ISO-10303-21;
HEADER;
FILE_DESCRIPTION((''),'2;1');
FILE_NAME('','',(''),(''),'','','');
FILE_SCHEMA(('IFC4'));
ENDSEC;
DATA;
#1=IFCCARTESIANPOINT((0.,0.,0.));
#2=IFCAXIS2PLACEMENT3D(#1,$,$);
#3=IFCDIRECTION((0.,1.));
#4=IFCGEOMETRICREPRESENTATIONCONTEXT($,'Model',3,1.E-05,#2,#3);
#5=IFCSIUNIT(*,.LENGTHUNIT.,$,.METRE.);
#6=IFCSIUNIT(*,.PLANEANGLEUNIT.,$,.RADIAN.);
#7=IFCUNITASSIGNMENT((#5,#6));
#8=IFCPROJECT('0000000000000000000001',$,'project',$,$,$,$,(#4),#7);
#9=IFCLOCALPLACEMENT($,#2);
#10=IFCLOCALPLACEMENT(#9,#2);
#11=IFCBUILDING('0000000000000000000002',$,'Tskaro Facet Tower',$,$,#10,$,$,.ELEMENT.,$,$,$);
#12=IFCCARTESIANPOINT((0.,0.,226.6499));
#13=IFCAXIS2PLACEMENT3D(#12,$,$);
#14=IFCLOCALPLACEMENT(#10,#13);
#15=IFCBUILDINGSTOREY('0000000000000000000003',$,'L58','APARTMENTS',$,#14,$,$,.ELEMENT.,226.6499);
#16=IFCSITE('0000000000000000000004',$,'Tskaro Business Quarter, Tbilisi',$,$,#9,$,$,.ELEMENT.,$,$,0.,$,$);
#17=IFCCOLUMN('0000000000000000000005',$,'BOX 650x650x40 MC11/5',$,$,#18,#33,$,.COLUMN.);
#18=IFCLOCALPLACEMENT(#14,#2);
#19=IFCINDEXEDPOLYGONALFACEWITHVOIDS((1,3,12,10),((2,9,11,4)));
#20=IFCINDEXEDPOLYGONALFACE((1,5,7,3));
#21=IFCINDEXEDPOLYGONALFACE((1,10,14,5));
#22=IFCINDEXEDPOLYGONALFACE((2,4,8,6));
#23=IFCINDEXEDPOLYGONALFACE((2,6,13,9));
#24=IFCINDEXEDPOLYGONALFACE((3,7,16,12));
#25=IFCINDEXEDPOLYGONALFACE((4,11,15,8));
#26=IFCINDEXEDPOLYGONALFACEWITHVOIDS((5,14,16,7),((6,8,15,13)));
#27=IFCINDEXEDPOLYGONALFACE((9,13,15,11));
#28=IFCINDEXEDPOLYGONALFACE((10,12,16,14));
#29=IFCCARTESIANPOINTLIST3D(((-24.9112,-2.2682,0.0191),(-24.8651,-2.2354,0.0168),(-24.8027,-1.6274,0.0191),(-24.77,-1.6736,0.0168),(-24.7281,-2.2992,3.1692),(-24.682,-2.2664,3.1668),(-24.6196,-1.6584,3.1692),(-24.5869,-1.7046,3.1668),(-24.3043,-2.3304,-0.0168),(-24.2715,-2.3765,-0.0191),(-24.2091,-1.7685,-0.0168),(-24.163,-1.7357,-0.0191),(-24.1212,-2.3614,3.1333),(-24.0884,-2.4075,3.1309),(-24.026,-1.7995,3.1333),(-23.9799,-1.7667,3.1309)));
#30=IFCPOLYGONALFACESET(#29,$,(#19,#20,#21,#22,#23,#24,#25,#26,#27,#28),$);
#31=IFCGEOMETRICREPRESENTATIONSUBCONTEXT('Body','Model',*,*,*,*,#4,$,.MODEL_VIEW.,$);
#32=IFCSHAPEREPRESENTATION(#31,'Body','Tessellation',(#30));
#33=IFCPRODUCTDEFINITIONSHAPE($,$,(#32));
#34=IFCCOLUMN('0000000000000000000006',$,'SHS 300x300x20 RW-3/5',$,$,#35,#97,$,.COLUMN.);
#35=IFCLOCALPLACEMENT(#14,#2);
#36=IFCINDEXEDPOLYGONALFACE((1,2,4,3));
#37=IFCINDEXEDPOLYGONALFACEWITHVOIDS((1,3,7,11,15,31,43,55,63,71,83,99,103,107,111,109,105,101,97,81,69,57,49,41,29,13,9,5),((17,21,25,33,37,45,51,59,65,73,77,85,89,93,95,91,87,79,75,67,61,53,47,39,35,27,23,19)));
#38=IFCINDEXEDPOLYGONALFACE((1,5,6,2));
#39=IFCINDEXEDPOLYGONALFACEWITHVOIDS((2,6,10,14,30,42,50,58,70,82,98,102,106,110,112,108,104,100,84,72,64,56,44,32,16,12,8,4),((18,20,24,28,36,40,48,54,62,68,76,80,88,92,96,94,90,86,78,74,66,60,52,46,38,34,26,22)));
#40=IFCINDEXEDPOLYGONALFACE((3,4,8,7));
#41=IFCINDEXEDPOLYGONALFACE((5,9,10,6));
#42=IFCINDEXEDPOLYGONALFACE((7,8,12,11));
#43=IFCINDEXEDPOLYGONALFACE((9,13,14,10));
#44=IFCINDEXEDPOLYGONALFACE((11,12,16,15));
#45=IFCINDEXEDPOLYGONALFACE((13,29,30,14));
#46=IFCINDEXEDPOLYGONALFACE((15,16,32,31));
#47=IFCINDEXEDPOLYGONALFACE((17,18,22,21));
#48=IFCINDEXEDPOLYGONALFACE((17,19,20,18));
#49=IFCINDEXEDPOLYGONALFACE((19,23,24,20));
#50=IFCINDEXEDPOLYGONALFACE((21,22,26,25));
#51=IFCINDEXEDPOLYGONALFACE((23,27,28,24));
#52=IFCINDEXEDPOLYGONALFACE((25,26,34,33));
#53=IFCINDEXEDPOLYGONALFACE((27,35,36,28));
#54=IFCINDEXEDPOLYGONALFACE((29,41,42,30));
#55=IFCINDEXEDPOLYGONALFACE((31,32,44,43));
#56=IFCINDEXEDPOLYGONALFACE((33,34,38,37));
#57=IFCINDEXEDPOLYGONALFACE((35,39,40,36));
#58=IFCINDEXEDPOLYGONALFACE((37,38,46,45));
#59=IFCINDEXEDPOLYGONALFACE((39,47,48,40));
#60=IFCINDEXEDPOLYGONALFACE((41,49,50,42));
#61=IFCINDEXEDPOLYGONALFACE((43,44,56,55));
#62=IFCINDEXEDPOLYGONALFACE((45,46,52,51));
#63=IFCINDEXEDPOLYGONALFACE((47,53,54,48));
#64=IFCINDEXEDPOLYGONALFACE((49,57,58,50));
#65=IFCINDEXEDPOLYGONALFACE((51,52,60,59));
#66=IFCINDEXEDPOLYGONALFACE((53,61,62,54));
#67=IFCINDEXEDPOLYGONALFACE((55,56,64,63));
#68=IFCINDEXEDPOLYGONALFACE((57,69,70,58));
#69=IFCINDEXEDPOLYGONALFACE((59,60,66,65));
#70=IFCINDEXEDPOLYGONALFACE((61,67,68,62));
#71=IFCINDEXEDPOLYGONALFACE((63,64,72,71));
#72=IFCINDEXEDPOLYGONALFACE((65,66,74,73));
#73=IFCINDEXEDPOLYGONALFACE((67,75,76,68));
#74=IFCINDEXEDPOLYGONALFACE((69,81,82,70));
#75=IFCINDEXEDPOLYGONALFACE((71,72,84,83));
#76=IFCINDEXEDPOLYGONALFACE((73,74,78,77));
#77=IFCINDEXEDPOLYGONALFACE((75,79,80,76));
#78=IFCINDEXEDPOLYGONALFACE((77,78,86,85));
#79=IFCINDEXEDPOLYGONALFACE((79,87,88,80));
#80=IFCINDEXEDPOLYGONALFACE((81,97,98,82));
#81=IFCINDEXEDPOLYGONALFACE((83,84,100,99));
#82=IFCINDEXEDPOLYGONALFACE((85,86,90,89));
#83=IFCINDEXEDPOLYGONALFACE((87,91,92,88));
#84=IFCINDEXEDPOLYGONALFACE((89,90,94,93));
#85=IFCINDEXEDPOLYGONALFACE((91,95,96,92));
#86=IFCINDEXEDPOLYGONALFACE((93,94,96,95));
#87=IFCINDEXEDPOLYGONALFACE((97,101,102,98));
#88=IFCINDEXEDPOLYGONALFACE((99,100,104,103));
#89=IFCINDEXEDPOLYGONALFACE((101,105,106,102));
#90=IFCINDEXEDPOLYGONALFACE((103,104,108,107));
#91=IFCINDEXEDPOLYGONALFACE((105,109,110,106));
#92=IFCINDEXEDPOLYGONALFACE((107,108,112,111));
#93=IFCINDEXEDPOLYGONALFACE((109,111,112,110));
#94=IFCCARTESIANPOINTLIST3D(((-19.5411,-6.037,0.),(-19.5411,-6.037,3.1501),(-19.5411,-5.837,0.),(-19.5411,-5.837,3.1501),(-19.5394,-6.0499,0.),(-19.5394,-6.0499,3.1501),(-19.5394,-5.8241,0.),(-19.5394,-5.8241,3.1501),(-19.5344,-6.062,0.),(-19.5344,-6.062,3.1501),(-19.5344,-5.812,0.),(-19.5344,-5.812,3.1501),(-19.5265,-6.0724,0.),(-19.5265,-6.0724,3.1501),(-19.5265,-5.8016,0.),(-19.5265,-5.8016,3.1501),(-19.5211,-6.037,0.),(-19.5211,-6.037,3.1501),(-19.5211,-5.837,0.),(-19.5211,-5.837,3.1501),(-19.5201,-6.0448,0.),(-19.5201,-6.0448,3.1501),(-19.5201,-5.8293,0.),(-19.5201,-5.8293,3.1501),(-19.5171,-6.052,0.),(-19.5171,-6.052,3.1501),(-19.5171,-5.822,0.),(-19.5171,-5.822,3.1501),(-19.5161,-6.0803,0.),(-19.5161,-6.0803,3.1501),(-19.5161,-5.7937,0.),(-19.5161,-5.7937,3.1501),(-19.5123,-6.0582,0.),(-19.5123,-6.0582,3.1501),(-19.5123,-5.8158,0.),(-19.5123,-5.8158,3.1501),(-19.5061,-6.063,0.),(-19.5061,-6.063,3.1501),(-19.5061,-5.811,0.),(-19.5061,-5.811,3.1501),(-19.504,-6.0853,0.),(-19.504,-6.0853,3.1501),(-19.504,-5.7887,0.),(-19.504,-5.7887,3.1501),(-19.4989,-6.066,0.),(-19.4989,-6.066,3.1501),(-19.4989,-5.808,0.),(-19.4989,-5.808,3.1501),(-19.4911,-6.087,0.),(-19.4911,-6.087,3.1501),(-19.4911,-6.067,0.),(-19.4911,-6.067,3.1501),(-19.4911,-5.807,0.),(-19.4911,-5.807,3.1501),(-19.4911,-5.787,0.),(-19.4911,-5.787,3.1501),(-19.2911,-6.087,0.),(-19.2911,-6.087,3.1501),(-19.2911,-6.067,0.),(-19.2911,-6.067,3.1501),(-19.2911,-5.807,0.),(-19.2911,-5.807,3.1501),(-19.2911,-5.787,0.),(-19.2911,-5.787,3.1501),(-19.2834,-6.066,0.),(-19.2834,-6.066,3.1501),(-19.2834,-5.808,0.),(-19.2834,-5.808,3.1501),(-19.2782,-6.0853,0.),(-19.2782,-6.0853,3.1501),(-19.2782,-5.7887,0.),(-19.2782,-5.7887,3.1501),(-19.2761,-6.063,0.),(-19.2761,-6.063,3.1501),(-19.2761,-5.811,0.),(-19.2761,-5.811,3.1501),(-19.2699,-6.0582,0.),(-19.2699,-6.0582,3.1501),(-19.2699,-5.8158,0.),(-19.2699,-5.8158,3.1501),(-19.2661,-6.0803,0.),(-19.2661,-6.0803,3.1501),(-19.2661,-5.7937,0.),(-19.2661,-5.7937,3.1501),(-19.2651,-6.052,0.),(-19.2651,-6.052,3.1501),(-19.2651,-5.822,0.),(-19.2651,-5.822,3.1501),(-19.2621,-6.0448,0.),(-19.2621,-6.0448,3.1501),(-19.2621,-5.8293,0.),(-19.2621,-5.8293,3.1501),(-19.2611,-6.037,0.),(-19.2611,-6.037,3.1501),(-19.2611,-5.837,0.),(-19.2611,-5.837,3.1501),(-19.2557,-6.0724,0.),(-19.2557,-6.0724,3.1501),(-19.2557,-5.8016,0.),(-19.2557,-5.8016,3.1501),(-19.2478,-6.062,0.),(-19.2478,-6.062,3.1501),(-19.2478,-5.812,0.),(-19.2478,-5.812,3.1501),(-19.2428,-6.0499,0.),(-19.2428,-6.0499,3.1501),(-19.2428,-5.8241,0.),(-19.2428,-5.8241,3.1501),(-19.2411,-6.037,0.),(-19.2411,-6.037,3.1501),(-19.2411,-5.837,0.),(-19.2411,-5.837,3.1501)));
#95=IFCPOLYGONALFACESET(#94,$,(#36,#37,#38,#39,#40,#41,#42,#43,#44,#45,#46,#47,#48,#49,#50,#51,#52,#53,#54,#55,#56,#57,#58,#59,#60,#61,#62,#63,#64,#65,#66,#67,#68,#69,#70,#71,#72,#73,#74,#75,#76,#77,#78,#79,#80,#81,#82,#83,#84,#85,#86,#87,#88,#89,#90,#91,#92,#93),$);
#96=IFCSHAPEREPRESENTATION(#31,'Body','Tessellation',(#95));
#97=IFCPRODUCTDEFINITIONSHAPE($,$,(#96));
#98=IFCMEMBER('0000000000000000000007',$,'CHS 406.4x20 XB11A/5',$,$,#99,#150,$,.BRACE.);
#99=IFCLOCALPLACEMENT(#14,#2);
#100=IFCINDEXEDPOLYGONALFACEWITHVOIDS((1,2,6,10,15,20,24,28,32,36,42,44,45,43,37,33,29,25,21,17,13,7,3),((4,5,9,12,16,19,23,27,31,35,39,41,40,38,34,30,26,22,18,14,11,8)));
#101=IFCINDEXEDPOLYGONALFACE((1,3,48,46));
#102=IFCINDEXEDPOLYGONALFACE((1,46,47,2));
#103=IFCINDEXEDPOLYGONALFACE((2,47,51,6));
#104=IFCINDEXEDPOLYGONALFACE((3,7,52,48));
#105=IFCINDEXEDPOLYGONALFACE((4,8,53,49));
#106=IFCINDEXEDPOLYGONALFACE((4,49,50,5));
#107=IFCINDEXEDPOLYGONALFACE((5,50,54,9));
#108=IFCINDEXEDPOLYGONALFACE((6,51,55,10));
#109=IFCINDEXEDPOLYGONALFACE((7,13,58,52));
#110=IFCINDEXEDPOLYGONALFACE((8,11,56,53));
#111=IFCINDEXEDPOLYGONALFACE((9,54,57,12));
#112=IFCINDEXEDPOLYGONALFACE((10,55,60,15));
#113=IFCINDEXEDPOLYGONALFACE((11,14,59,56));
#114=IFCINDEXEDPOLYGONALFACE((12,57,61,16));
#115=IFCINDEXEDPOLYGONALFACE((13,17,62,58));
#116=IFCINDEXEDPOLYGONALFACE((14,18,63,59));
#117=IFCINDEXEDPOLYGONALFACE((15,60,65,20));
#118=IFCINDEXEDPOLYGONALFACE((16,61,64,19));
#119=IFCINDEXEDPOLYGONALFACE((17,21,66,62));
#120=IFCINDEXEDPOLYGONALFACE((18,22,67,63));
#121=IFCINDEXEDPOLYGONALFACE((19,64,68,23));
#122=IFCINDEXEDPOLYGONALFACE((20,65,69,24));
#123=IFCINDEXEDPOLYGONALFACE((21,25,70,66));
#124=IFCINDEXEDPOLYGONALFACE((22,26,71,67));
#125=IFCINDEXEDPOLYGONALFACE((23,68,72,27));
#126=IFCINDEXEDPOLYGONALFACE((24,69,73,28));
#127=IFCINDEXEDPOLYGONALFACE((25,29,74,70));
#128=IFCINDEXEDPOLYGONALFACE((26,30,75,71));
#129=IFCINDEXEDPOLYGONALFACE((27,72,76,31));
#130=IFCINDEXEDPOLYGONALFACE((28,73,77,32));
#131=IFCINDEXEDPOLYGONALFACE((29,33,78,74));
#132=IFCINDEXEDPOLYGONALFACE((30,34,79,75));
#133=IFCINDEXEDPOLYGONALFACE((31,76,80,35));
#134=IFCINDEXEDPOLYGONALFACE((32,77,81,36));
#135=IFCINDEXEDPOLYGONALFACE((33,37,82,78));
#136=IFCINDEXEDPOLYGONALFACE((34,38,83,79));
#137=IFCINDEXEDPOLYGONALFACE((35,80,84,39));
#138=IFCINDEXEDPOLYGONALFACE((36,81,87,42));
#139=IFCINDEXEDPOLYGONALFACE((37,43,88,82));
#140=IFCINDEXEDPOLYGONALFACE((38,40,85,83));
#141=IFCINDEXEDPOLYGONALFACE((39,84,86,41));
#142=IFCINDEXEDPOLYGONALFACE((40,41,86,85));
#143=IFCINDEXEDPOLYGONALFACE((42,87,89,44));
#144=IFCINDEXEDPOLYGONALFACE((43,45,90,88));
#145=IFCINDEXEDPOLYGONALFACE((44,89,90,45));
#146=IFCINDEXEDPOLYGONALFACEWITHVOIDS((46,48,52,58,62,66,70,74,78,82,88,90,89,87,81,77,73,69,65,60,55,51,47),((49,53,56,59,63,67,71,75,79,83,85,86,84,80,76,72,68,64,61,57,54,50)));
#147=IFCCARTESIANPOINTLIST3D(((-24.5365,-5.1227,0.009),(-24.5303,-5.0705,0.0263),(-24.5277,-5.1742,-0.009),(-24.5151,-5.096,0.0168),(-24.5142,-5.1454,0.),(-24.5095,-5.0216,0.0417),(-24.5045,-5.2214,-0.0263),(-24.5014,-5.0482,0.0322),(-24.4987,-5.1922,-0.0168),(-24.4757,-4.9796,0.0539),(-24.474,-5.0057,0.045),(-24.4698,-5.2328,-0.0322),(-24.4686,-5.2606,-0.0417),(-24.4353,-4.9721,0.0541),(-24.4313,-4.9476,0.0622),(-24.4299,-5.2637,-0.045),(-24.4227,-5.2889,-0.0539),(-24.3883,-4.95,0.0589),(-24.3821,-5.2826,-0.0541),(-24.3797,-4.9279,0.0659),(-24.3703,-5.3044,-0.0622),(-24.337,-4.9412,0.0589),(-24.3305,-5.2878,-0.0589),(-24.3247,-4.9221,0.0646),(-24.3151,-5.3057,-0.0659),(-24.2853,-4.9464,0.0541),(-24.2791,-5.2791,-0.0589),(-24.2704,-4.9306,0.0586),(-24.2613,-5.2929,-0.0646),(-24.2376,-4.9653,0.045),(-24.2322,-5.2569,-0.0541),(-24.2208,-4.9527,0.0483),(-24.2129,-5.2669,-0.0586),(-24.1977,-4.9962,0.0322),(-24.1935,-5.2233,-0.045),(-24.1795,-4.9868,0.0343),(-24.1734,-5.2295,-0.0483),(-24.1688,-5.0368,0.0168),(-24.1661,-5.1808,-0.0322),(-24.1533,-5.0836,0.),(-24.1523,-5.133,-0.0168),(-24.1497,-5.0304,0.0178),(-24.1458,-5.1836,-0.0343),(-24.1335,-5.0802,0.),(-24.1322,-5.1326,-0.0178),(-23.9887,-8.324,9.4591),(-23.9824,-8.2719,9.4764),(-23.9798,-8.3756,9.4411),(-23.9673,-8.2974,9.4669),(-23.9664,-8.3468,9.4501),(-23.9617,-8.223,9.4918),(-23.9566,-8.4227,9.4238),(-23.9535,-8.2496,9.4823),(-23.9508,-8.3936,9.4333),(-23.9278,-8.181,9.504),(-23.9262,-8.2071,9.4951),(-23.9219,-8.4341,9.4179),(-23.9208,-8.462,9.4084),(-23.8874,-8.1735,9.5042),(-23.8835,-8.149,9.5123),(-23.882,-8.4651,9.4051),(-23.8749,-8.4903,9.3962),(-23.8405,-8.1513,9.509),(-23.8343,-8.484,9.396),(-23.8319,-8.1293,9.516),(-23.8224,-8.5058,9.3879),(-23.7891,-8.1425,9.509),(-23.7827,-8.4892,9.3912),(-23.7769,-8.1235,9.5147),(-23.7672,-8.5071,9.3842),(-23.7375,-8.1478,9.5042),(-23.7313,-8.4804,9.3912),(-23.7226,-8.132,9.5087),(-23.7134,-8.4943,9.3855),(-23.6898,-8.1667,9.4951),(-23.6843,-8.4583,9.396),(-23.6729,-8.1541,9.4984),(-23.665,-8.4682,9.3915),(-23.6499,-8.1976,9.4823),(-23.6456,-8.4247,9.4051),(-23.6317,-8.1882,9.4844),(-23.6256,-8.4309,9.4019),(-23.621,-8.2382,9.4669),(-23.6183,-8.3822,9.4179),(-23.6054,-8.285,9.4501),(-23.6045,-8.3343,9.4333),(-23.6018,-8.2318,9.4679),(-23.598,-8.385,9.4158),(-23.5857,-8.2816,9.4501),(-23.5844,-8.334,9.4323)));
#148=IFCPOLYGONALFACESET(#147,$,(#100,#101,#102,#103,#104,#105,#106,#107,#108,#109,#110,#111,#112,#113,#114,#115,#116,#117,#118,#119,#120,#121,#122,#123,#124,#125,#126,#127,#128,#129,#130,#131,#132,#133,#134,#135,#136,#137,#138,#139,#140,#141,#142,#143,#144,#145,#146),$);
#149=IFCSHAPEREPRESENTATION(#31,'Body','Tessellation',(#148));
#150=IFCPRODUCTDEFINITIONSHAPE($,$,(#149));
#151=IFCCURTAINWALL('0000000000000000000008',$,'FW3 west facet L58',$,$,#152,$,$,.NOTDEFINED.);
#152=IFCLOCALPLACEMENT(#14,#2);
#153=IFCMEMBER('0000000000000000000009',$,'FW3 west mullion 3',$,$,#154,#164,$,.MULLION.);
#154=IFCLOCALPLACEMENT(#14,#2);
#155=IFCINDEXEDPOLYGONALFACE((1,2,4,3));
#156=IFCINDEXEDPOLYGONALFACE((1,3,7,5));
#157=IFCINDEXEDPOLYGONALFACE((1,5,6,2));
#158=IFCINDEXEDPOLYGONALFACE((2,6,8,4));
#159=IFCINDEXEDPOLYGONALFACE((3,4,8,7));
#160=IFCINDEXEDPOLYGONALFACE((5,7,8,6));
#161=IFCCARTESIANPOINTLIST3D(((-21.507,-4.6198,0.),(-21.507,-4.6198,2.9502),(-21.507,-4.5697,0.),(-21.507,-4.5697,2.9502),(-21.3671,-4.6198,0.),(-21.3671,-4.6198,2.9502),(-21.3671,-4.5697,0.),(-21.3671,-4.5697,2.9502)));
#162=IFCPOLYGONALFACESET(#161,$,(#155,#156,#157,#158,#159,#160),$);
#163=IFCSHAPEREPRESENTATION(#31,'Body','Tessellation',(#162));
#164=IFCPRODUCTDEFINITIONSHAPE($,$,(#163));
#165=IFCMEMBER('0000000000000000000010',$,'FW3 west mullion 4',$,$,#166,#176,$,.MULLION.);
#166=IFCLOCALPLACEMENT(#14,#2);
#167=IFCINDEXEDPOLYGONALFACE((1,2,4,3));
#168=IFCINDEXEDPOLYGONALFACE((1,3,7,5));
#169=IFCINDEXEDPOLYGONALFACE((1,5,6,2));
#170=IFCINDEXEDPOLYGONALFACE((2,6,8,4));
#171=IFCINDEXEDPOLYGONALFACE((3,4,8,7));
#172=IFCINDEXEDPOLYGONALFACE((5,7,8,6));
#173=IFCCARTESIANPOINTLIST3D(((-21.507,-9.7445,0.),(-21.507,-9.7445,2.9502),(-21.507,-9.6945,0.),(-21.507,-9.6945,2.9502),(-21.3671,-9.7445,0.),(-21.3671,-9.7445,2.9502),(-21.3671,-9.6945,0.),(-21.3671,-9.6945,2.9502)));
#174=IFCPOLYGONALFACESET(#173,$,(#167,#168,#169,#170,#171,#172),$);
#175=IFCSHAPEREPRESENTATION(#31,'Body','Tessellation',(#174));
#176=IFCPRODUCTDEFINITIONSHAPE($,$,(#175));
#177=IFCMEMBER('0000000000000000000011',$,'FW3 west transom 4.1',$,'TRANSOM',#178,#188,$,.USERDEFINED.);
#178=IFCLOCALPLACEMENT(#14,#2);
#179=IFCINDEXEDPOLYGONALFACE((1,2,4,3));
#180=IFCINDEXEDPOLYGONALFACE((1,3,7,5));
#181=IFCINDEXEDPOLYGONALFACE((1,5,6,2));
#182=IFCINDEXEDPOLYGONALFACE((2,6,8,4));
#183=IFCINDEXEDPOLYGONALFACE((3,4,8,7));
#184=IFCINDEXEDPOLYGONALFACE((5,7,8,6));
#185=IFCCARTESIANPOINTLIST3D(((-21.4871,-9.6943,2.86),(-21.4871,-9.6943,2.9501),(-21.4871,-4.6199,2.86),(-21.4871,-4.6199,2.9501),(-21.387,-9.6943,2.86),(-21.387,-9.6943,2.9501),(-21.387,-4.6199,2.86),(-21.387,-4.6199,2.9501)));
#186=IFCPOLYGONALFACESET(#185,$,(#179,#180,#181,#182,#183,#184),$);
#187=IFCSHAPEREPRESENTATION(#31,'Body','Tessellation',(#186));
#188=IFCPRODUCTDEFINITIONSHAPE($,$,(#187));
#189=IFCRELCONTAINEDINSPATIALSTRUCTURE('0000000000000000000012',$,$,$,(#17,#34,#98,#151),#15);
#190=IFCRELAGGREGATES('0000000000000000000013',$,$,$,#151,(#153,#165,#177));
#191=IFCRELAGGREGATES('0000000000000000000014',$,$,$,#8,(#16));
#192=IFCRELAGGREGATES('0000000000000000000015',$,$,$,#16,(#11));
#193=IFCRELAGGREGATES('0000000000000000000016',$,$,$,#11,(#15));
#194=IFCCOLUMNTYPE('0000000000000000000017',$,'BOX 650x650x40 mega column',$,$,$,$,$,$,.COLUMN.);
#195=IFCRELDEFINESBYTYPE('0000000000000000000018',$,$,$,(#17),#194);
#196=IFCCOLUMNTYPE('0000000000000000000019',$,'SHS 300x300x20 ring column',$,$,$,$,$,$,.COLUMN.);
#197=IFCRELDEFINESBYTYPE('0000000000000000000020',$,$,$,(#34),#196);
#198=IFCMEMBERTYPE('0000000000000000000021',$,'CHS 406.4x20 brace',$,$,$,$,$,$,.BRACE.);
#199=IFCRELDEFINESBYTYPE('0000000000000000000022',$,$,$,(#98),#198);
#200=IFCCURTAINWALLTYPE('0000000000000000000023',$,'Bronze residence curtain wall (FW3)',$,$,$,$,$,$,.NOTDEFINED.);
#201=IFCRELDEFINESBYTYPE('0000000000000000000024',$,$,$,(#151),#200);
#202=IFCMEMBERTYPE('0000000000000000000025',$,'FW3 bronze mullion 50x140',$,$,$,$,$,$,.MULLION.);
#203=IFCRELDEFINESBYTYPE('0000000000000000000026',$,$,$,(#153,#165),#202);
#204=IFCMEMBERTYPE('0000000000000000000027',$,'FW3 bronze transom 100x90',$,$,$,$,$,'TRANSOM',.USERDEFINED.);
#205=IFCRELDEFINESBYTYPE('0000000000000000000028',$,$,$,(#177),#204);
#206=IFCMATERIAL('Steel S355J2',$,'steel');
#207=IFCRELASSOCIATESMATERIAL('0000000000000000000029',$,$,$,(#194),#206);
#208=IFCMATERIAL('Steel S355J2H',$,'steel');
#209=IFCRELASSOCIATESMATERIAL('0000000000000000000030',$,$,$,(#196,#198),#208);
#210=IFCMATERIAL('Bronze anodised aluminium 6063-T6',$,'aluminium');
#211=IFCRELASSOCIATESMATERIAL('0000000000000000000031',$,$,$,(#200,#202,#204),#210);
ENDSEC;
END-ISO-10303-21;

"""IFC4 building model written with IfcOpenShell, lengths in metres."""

from ifc_helpers import new_model, si_unit, direction, frame, origin, origin_2d, place, context, subcontext, project, spatial, rectangle, hollow_rectangle, hollow_circle, extrude, material, material_profile, profile_set, type_object, element, aggregate, save


model = new_model("IFC4")

# Units and contexts
model_context = context("Model", 3, precision=1e-05, world=origin(), true_north=direction((0.0, 1.0)))
body_context = subcontext(model_context, "Body", "Model", "MODEL_VIEW")
ifc_project = project(units=[si_unit("LENGTHUNIT", "METRE"), si_unit("PLANEANGLEUNIT", "RADIAN")], contexts=[model_context])

# Site, building, storey
site_placement = place(None, origin())
site = spatial("IfcSite", under=ifc_project, at=site_placement, Name="Tskaro Business Quarter, Tbilisi", CompositionType="ELEMENT", RefElevation=0.0)
building_placement = place(site_placement, origin())
building = spatial("IfcBuilding", under=site, at=building_placement, Name="Tskaro Facet Tower", CompositionType="ELEMENT")
storey_placement = place(building_placement, frame((0.0, 0.0, 226.6499)))
storey = spatial("IfcBuildingStorey", under=building, at=storey_placement, Name="L58", Description="APARTMENTS", CompositionType="ELEMENT", Elevation=226.6499)

# Columns
ifc_material_1 = material(Name="Steel S355J2", Category="steel")
ifc_material_profile_1 = material_profile(ifc_material_1, hollow_rectangle(XDim=0.6499, YDim=0.6499, WallThickness=0.04, at=origin_2d()), Name="BOX 650x650x40")
ifc_profile_set_1 = profile_set([ifc_material_profile_1], Name="Steel S355J2")
column_type_1 = type_object("IfcColumnType", Name="BOX 650x650x40 mega column", PredefinedType="COLUMN", material=ifc_profile_set_1)
column_1_placement = place(storey_placement, frame((-24.5371, -2.002, 0.0), z_axis=(0.058025, -0.009826, 0.998267), x_axis=(0.166957, 0.985964, 0.0)))
element("IfcColumn", 1, at=column_1_placement, inside=storey, type_object=column_type_1, Name="BOX 650x650x40 MC11/5", PredefinedType="COLUMN", context=body_context, shape_type="SweptSolid", body=[
    extrude(hollow_rectangle(XDim=0.6499, YDim=0.6499, WallThickness=0.04, at=origin_2d()), origin(), (0.0, 0.0, 1.0), 3.1555),
])
ifc_material_2 = material(Name="Steel S355J2H", Category="steel")
ifc_material_profile_2 = material_profile(ifc_material_2, hollow_rectangle(XDim=0.3, YDim=0.3, WallThickness=0.02, InnerFilletRadius=0.03, OuterFilletRadius=0.05, at=origin_2d()), Name="SHS 300x300x20")
ifc_profile_set_2 = profile_set([ifc_material_profile_2], Name="Steel S355J2H")
column_type_2 = type_object("IfcColumnType", Name="SHS 300x300x20 ring column", PredefinedType="COLUMN", material=ifc_profile_set_2)
column_2_placement = place(storey_placement, frame((-19.3911, -5.937, 0.0), z_axis=(0.0, 0.0, 1.0), x_axis=(1.0, 0.0, 0.0)))
element("IfcColumn", 2, at=column_2_placement, inside=storey, type_object=column_type_2, Name="SHS 300x300x20 RW-3/5", PredefinedType="COLUMN", context=body_context, shape_type="SweptSolid", body=[
    extrude(hollow_rectangle(XDim=0.3, YDim=0.3, WallThickness=0.02, InnerFilletRadius=0.03, OuterFilletRadius=0.05, at=origin_2d()), origin(), (0.0, 0.0, 1.0), 3.1501),
])

# Member
ifc_material_profile_3 = material_profile(ifc_material_2, hollow_circle(Radius=0.2031, WallThickness=0.02, at=origin_2d()), Name="CHS 406.4x20")
ifc_profile_set_3 = profile_set([ifc_material_profile_3], Name="Steel S355J2H")
member_type_1 = type_object("IfcMemberType", Name="CHS 406.4x20 brace", PredefinedType="BRACE", material=ifc_profile_set_3)
member_1_placement = place(storey_placement, frame((-24.3337, -5.1145, 0.0), z_axis=(0.054825, -0.320373, 0.945704), x_axis=(0.985672, 0.168676, 0.0)))
element("IfcMember", 3, at=member_1_placement, inside=storey, type_object=member_type_1, Name="CHS 406.4x20 XB11A/5", PredefinedType="BRACE", context=body_context, shape_type="SweptSolid", body=[
    extrude(hollow_circle(Radius=0.2031, WallThickness=0.02, at=origin_2d()), origin(), (0.0, 0.0, 1.0), 9.9927),
])

# Curtain wall, members
ifc_material_3 = material(Name="Bronze anodised aluminium 6063-T6", Category="aluminium")
curtain_wall_type = type_object("IfcCurtainWallType", Name="Bronze residence curtain wall (FW3)", PredefinedType="NOTDEFINED", material=ifc_material_3)
curtain_wall_placement = place(storey_placement, origin())
curtain_wall = element("IfcCurtainWall", 4, at=curtain_wall_placement, inside=storey, type_object=curtain_wall_type, Name="FW3 west facet L58", PredefinedType="NOTDEFINED")
ifc_material_profile_4 = material_profile(ifc_material_3, rectangle(XDim=0.05, YDim=0.1399, at=origin_2d()), Name="Mullion 50x140")
ifc_profile_set_4 = profile_set([ifc_material_profile_4], Name="Bronze anodised aluminium 6063-T6")
member_type_2 = type_object("IfcMemberType", Name="FW3 bronze mullion 50x140", PredefinedType="MULLION", material=ifc_profile_set_4)
member_2_placement = place(storey_placement, frame((-21.437, -4.5947, 0.0), z_axis=(0.0, 0.0, 1.0), x_axis=(0.0, -1.0, 0.0)))
member_2 = element("IfcMember", 5, at=member_2_placement, type_object=member_type_2, Name="FW3 west mullion 3", PredefinedType="MULLION", context=body_context, shape_type="SweptSolid", body=[
    extrude(rectangle(XDim=0.05, YDim=0.1399, at=origin_2d()), origin(), (0.0, 0.0, 1.0), 2.9502),
])
member_3_placement = place(storey_placement, frame((-21.437, -9.7195, 0.0), z_axis=(0.0, 0.0, 1.0), x_axis=(0.0, -1.0, 0.0)))
member_3 = element("IfcMember", 6, at=member_3_placement, type_object=member_type_2, Name="FW3 west mullion 4", PredefinedType="MULLION", context=body_context, shape_type="SweptSolid", body=[
    extrude(rectangle(XDim=0.05, YDim=0.1399, at=origin_2d()), origin(), (0.0, 0.0, 1.0), 2.9502),
])
ifc_material_profile_5 = material_profile(ifc_material_3, rectangle(XDim=0.1001, YDim=0.0901, at=origin_2d()), Name="Transom 100x90")
ifc_profile_set_5 = profile_set([ifc_material_profile_5], Name="Bronze anodised aluminium 6063-T6")
member_type_3 = type_object("IfcMemberType", Name="FW3 bronze transom 100x90", ElementType="TRANSOM", PredefinedType="USERDEFINED", material=ifc_profile_set_5)
member_4_placement = place(storey_placement, frame((-21.437, -4.6199, 2.905), z_axis=(0.0, -1.0, 0.0), x_axis=(1.0, 0.0, 0.0)))
member_4 = element("IfcMember", 7, at=member_4_placement, type_object=member_type_3, Name="FW3 west transom 4.1", ObjectType="TRANSOM", PredefinedType="USERDEFINED", context=body_context, shape_type="SweptSolid", body=[
    extrude(rectangle(XDim=0.1001, YDim=0.0901, at=origin_2d()), origin(), (0.0, 0.0, 1.0), 5.0745),
])

aggregate(curtain_wall, [member_2, member_3, member_4])

save(model, "model.ifc")
